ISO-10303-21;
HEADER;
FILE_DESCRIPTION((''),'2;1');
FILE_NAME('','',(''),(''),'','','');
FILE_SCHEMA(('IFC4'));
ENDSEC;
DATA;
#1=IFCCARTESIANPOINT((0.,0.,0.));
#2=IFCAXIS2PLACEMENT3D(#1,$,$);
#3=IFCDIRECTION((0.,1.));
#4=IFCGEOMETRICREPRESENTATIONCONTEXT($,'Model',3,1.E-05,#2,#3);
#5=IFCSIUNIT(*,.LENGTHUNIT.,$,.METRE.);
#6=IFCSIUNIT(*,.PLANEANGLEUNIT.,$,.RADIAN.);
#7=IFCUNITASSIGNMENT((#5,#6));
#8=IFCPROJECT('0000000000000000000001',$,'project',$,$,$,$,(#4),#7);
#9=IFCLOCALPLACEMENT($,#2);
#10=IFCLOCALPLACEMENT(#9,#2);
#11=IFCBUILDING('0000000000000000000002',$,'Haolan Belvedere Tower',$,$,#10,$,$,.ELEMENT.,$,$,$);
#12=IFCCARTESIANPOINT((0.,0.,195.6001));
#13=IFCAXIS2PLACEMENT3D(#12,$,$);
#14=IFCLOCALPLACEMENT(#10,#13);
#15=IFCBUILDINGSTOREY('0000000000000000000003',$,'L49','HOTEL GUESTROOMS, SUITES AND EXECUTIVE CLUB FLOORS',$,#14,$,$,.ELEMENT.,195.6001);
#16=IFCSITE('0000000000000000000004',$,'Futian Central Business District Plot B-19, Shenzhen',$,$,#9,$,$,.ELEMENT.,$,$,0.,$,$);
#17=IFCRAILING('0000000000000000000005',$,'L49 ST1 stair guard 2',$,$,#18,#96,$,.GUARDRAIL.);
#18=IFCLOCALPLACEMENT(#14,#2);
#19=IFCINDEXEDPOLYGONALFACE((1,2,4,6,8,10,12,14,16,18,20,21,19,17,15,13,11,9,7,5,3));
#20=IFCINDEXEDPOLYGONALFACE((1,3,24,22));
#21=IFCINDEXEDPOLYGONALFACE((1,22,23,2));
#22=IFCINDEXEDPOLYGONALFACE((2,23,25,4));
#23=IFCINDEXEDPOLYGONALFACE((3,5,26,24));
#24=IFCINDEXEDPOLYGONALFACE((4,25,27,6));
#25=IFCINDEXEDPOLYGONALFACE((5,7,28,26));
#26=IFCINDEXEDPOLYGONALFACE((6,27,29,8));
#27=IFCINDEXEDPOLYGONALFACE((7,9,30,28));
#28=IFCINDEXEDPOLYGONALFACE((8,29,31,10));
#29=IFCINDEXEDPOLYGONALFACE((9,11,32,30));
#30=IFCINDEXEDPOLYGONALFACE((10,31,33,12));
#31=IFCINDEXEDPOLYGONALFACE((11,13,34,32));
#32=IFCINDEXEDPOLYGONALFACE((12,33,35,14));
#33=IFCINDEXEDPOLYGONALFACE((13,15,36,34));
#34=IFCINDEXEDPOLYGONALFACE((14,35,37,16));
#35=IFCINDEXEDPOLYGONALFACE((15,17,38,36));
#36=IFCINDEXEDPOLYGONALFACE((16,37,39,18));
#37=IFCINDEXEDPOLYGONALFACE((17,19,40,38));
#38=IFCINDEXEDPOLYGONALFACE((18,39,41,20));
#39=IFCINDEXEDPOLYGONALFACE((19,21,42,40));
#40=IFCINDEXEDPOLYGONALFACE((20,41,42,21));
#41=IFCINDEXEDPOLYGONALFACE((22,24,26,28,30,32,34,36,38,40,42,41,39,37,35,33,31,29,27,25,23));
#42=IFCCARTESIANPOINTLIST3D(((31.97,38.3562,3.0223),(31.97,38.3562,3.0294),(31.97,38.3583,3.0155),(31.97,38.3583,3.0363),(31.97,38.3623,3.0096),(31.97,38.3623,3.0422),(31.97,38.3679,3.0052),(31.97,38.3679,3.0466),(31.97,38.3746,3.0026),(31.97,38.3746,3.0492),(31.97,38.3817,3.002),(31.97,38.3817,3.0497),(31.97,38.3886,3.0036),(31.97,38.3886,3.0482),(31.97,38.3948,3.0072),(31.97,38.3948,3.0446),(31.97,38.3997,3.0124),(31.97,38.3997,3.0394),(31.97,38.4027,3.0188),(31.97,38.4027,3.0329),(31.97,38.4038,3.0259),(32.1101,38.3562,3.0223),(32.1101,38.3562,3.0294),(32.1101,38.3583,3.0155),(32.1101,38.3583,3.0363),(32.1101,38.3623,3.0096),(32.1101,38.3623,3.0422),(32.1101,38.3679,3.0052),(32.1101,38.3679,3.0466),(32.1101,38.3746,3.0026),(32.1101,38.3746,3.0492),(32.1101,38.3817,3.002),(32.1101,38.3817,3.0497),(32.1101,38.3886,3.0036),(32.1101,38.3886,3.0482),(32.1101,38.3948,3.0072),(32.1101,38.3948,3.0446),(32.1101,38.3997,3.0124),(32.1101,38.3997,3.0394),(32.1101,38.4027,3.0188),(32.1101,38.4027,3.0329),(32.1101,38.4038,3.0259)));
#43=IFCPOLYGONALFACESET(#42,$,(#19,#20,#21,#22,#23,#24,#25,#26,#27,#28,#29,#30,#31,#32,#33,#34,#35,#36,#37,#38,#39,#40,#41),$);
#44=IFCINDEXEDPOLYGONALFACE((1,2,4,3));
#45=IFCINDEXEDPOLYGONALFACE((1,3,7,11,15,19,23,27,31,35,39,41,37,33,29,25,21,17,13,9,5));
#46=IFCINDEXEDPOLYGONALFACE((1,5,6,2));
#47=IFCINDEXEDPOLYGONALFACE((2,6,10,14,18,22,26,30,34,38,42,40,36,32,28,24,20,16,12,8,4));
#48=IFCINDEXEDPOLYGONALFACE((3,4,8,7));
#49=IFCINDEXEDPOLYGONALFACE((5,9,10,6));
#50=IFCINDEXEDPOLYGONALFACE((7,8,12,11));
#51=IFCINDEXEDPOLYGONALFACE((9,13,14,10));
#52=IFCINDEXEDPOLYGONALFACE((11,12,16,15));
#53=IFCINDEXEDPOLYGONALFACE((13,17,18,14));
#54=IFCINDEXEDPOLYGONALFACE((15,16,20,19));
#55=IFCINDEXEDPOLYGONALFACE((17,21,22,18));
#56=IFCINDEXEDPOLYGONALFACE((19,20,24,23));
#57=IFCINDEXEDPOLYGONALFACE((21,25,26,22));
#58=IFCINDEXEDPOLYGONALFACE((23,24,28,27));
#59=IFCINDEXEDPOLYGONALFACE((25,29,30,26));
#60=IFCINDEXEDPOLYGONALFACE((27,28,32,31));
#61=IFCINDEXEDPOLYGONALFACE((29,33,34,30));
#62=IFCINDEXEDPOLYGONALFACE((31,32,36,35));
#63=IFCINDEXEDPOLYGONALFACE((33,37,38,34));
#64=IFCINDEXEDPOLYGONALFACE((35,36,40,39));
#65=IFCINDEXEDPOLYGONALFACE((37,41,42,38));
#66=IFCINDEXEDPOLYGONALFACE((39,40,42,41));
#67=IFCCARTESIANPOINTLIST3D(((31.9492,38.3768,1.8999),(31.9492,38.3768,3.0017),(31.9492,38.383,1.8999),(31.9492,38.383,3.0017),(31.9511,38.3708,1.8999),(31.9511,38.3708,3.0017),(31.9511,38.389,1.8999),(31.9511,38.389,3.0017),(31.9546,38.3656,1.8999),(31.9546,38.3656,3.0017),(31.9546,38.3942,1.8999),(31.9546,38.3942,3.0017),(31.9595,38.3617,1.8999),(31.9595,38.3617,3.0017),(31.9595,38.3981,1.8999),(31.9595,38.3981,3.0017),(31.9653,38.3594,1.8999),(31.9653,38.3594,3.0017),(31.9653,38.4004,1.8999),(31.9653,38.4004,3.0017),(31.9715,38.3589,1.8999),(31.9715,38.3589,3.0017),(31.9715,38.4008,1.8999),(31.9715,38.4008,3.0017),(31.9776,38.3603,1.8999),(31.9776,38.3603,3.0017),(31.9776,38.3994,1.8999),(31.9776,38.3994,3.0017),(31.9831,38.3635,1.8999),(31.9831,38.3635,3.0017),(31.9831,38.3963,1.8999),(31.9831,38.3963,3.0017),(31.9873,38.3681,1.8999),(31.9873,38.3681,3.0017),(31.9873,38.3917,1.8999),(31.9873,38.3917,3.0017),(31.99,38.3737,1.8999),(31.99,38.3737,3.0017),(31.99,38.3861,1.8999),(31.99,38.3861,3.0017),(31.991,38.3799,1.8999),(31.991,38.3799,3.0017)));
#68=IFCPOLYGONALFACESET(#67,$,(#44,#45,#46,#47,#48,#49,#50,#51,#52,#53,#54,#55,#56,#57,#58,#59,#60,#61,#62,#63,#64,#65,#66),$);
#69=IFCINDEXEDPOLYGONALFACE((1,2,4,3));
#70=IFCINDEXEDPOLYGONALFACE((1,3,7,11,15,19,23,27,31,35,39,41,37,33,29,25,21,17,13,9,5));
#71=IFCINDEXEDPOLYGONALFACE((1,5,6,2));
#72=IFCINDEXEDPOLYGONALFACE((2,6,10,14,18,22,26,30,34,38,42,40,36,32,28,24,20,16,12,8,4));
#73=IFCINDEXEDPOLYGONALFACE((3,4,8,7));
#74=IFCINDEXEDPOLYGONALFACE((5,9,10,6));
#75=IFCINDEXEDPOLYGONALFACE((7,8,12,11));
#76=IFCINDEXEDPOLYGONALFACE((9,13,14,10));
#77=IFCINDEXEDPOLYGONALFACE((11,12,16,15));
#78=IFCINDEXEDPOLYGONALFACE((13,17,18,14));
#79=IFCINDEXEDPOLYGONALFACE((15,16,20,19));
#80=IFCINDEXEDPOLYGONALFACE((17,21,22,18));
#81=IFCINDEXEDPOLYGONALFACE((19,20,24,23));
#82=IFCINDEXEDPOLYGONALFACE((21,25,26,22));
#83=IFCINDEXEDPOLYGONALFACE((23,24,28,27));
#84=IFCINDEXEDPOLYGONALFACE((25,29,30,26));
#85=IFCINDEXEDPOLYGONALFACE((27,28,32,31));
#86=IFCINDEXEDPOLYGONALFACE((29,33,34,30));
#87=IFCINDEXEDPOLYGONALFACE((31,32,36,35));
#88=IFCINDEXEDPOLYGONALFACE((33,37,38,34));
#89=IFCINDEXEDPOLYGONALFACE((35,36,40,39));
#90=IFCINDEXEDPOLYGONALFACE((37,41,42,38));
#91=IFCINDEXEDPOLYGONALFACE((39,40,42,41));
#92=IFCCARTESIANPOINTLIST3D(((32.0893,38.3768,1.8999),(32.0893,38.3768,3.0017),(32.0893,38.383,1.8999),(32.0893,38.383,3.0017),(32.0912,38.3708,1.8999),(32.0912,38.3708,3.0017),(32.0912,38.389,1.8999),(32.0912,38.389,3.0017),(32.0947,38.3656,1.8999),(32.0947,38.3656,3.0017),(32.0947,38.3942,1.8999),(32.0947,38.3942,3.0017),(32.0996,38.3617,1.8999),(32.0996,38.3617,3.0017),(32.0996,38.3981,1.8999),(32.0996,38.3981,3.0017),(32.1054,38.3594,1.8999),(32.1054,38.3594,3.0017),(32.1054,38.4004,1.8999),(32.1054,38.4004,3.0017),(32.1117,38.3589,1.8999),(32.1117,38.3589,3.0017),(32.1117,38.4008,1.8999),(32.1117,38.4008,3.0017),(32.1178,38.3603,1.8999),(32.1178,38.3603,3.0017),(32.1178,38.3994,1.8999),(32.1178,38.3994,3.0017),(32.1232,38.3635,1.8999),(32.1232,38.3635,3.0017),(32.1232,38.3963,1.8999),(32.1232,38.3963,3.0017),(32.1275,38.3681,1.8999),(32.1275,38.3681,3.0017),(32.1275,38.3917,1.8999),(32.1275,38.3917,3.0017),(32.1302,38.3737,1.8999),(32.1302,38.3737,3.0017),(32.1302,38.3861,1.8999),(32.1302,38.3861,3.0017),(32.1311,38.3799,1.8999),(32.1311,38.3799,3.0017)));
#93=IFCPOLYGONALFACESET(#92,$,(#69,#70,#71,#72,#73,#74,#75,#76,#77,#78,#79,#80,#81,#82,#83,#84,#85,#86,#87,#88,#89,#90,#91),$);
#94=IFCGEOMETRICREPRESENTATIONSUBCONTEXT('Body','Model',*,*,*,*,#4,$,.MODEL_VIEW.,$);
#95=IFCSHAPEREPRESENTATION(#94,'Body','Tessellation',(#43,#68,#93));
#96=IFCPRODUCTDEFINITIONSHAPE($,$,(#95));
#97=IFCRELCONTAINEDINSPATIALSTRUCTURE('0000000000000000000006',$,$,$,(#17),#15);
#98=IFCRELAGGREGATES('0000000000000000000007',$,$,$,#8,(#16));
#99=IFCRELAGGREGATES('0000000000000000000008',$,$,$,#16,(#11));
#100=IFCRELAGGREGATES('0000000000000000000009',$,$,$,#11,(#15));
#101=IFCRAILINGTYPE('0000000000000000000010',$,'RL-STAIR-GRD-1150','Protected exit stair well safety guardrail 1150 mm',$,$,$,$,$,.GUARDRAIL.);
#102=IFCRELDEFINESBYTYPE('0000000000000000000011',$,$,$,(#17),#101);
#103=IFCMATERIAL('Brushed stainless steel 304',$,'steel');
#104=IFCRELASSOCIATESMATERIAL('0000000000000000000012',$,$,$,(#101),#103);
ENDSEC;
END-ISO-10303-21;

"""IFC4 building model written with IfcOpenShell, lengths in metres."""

from ifc_helpers import new_model, si_unit, direction, frame, origin, origin_2d, place, context, subcontext, project, spatial, circle, extrude, material, type_object, element, save


model = new_model("IFC4")

# Units and contexts
model_context = context("Model", 3, precision=1e-05, world=origin(), true_north=direction((0.0, 1.0)))
body_context = subcontext(model_context, "Body", "Model", "MODEL_VIEW")
ifc_project = project(units=[si_unit("LENGTHUNIT", "METRE"), si_unit("PLANEANGLEUNIT", "RADIAN")], contexts=[model_context])

# Site, building, storey
site_placement = place(None, origin())
site = spatial("IfcSite", under=ifc_project, at=site_placement, Name="Futian Central Business District Plot B-19, Shenzhen", CompositionType="ELEMENT", RefElevation=0.0)
building_placement = place(site_placement, origin())
building = spatial("IfcBuilding", under=site, at=building_placement, Name="Haolan Belvedere Tower", CompositionType="ELEMENT")
storey_placement = place(building_placement, frame((0.0, 0.0, 195.6001)))
storey = spatial("IfcBuildingStorey", under=building, at=storey_placement, Name="L49", Description="HOTEL GUESTROOMS, SUITES AND EXECUTIVE CLUB FLOORS", CompositionType="ELEMENT", Elevation=195.6001)

# Railing
ifc_material_1 = material(Name="Brushed stainless steel 304", Category="steel")
railing_type_1 = type_object("IfcRailingType", Name="RL-STAIR-GRD-1150", Description="Protected exit stair well safety guardrail 1150 mm", PredefinedType="GUARDRAIL", material=ifc_material_1)
railing_1_placement = place(storey_placement, frame((31.97, 38.3799, 1.8999)))
element("IfcRailing", 1, at=railing_1_placement, inside=storey, type_object=railing_type_1, Name="L49 ST1 stair guard 2", PredefinedType="GUARDRAIL", context=body_context, shape_type="SweptSolid", body=[
    extrude(circle(Radius=0.0239, at=origin_2d()), frame((0.0, 0.0, 1.126), z_axis=(1.0, 0.0, 0.0), x_axis=(0.0, 1.0, 0.0)), (0.0, 0.0, 1.0), 0.1401),
    extrude(circle(Radius=0.021, at=origin_2d()), origin(), (0.0, 0.0, 1.0), 1.1018),
    extrude(circle(Radius=0.021, at=origin_2d()), frame((0.1401, 0.0, 0.0)), (0.0, 0.0, 1.0), 1.1018),
])

save(model, "model.ifc")
